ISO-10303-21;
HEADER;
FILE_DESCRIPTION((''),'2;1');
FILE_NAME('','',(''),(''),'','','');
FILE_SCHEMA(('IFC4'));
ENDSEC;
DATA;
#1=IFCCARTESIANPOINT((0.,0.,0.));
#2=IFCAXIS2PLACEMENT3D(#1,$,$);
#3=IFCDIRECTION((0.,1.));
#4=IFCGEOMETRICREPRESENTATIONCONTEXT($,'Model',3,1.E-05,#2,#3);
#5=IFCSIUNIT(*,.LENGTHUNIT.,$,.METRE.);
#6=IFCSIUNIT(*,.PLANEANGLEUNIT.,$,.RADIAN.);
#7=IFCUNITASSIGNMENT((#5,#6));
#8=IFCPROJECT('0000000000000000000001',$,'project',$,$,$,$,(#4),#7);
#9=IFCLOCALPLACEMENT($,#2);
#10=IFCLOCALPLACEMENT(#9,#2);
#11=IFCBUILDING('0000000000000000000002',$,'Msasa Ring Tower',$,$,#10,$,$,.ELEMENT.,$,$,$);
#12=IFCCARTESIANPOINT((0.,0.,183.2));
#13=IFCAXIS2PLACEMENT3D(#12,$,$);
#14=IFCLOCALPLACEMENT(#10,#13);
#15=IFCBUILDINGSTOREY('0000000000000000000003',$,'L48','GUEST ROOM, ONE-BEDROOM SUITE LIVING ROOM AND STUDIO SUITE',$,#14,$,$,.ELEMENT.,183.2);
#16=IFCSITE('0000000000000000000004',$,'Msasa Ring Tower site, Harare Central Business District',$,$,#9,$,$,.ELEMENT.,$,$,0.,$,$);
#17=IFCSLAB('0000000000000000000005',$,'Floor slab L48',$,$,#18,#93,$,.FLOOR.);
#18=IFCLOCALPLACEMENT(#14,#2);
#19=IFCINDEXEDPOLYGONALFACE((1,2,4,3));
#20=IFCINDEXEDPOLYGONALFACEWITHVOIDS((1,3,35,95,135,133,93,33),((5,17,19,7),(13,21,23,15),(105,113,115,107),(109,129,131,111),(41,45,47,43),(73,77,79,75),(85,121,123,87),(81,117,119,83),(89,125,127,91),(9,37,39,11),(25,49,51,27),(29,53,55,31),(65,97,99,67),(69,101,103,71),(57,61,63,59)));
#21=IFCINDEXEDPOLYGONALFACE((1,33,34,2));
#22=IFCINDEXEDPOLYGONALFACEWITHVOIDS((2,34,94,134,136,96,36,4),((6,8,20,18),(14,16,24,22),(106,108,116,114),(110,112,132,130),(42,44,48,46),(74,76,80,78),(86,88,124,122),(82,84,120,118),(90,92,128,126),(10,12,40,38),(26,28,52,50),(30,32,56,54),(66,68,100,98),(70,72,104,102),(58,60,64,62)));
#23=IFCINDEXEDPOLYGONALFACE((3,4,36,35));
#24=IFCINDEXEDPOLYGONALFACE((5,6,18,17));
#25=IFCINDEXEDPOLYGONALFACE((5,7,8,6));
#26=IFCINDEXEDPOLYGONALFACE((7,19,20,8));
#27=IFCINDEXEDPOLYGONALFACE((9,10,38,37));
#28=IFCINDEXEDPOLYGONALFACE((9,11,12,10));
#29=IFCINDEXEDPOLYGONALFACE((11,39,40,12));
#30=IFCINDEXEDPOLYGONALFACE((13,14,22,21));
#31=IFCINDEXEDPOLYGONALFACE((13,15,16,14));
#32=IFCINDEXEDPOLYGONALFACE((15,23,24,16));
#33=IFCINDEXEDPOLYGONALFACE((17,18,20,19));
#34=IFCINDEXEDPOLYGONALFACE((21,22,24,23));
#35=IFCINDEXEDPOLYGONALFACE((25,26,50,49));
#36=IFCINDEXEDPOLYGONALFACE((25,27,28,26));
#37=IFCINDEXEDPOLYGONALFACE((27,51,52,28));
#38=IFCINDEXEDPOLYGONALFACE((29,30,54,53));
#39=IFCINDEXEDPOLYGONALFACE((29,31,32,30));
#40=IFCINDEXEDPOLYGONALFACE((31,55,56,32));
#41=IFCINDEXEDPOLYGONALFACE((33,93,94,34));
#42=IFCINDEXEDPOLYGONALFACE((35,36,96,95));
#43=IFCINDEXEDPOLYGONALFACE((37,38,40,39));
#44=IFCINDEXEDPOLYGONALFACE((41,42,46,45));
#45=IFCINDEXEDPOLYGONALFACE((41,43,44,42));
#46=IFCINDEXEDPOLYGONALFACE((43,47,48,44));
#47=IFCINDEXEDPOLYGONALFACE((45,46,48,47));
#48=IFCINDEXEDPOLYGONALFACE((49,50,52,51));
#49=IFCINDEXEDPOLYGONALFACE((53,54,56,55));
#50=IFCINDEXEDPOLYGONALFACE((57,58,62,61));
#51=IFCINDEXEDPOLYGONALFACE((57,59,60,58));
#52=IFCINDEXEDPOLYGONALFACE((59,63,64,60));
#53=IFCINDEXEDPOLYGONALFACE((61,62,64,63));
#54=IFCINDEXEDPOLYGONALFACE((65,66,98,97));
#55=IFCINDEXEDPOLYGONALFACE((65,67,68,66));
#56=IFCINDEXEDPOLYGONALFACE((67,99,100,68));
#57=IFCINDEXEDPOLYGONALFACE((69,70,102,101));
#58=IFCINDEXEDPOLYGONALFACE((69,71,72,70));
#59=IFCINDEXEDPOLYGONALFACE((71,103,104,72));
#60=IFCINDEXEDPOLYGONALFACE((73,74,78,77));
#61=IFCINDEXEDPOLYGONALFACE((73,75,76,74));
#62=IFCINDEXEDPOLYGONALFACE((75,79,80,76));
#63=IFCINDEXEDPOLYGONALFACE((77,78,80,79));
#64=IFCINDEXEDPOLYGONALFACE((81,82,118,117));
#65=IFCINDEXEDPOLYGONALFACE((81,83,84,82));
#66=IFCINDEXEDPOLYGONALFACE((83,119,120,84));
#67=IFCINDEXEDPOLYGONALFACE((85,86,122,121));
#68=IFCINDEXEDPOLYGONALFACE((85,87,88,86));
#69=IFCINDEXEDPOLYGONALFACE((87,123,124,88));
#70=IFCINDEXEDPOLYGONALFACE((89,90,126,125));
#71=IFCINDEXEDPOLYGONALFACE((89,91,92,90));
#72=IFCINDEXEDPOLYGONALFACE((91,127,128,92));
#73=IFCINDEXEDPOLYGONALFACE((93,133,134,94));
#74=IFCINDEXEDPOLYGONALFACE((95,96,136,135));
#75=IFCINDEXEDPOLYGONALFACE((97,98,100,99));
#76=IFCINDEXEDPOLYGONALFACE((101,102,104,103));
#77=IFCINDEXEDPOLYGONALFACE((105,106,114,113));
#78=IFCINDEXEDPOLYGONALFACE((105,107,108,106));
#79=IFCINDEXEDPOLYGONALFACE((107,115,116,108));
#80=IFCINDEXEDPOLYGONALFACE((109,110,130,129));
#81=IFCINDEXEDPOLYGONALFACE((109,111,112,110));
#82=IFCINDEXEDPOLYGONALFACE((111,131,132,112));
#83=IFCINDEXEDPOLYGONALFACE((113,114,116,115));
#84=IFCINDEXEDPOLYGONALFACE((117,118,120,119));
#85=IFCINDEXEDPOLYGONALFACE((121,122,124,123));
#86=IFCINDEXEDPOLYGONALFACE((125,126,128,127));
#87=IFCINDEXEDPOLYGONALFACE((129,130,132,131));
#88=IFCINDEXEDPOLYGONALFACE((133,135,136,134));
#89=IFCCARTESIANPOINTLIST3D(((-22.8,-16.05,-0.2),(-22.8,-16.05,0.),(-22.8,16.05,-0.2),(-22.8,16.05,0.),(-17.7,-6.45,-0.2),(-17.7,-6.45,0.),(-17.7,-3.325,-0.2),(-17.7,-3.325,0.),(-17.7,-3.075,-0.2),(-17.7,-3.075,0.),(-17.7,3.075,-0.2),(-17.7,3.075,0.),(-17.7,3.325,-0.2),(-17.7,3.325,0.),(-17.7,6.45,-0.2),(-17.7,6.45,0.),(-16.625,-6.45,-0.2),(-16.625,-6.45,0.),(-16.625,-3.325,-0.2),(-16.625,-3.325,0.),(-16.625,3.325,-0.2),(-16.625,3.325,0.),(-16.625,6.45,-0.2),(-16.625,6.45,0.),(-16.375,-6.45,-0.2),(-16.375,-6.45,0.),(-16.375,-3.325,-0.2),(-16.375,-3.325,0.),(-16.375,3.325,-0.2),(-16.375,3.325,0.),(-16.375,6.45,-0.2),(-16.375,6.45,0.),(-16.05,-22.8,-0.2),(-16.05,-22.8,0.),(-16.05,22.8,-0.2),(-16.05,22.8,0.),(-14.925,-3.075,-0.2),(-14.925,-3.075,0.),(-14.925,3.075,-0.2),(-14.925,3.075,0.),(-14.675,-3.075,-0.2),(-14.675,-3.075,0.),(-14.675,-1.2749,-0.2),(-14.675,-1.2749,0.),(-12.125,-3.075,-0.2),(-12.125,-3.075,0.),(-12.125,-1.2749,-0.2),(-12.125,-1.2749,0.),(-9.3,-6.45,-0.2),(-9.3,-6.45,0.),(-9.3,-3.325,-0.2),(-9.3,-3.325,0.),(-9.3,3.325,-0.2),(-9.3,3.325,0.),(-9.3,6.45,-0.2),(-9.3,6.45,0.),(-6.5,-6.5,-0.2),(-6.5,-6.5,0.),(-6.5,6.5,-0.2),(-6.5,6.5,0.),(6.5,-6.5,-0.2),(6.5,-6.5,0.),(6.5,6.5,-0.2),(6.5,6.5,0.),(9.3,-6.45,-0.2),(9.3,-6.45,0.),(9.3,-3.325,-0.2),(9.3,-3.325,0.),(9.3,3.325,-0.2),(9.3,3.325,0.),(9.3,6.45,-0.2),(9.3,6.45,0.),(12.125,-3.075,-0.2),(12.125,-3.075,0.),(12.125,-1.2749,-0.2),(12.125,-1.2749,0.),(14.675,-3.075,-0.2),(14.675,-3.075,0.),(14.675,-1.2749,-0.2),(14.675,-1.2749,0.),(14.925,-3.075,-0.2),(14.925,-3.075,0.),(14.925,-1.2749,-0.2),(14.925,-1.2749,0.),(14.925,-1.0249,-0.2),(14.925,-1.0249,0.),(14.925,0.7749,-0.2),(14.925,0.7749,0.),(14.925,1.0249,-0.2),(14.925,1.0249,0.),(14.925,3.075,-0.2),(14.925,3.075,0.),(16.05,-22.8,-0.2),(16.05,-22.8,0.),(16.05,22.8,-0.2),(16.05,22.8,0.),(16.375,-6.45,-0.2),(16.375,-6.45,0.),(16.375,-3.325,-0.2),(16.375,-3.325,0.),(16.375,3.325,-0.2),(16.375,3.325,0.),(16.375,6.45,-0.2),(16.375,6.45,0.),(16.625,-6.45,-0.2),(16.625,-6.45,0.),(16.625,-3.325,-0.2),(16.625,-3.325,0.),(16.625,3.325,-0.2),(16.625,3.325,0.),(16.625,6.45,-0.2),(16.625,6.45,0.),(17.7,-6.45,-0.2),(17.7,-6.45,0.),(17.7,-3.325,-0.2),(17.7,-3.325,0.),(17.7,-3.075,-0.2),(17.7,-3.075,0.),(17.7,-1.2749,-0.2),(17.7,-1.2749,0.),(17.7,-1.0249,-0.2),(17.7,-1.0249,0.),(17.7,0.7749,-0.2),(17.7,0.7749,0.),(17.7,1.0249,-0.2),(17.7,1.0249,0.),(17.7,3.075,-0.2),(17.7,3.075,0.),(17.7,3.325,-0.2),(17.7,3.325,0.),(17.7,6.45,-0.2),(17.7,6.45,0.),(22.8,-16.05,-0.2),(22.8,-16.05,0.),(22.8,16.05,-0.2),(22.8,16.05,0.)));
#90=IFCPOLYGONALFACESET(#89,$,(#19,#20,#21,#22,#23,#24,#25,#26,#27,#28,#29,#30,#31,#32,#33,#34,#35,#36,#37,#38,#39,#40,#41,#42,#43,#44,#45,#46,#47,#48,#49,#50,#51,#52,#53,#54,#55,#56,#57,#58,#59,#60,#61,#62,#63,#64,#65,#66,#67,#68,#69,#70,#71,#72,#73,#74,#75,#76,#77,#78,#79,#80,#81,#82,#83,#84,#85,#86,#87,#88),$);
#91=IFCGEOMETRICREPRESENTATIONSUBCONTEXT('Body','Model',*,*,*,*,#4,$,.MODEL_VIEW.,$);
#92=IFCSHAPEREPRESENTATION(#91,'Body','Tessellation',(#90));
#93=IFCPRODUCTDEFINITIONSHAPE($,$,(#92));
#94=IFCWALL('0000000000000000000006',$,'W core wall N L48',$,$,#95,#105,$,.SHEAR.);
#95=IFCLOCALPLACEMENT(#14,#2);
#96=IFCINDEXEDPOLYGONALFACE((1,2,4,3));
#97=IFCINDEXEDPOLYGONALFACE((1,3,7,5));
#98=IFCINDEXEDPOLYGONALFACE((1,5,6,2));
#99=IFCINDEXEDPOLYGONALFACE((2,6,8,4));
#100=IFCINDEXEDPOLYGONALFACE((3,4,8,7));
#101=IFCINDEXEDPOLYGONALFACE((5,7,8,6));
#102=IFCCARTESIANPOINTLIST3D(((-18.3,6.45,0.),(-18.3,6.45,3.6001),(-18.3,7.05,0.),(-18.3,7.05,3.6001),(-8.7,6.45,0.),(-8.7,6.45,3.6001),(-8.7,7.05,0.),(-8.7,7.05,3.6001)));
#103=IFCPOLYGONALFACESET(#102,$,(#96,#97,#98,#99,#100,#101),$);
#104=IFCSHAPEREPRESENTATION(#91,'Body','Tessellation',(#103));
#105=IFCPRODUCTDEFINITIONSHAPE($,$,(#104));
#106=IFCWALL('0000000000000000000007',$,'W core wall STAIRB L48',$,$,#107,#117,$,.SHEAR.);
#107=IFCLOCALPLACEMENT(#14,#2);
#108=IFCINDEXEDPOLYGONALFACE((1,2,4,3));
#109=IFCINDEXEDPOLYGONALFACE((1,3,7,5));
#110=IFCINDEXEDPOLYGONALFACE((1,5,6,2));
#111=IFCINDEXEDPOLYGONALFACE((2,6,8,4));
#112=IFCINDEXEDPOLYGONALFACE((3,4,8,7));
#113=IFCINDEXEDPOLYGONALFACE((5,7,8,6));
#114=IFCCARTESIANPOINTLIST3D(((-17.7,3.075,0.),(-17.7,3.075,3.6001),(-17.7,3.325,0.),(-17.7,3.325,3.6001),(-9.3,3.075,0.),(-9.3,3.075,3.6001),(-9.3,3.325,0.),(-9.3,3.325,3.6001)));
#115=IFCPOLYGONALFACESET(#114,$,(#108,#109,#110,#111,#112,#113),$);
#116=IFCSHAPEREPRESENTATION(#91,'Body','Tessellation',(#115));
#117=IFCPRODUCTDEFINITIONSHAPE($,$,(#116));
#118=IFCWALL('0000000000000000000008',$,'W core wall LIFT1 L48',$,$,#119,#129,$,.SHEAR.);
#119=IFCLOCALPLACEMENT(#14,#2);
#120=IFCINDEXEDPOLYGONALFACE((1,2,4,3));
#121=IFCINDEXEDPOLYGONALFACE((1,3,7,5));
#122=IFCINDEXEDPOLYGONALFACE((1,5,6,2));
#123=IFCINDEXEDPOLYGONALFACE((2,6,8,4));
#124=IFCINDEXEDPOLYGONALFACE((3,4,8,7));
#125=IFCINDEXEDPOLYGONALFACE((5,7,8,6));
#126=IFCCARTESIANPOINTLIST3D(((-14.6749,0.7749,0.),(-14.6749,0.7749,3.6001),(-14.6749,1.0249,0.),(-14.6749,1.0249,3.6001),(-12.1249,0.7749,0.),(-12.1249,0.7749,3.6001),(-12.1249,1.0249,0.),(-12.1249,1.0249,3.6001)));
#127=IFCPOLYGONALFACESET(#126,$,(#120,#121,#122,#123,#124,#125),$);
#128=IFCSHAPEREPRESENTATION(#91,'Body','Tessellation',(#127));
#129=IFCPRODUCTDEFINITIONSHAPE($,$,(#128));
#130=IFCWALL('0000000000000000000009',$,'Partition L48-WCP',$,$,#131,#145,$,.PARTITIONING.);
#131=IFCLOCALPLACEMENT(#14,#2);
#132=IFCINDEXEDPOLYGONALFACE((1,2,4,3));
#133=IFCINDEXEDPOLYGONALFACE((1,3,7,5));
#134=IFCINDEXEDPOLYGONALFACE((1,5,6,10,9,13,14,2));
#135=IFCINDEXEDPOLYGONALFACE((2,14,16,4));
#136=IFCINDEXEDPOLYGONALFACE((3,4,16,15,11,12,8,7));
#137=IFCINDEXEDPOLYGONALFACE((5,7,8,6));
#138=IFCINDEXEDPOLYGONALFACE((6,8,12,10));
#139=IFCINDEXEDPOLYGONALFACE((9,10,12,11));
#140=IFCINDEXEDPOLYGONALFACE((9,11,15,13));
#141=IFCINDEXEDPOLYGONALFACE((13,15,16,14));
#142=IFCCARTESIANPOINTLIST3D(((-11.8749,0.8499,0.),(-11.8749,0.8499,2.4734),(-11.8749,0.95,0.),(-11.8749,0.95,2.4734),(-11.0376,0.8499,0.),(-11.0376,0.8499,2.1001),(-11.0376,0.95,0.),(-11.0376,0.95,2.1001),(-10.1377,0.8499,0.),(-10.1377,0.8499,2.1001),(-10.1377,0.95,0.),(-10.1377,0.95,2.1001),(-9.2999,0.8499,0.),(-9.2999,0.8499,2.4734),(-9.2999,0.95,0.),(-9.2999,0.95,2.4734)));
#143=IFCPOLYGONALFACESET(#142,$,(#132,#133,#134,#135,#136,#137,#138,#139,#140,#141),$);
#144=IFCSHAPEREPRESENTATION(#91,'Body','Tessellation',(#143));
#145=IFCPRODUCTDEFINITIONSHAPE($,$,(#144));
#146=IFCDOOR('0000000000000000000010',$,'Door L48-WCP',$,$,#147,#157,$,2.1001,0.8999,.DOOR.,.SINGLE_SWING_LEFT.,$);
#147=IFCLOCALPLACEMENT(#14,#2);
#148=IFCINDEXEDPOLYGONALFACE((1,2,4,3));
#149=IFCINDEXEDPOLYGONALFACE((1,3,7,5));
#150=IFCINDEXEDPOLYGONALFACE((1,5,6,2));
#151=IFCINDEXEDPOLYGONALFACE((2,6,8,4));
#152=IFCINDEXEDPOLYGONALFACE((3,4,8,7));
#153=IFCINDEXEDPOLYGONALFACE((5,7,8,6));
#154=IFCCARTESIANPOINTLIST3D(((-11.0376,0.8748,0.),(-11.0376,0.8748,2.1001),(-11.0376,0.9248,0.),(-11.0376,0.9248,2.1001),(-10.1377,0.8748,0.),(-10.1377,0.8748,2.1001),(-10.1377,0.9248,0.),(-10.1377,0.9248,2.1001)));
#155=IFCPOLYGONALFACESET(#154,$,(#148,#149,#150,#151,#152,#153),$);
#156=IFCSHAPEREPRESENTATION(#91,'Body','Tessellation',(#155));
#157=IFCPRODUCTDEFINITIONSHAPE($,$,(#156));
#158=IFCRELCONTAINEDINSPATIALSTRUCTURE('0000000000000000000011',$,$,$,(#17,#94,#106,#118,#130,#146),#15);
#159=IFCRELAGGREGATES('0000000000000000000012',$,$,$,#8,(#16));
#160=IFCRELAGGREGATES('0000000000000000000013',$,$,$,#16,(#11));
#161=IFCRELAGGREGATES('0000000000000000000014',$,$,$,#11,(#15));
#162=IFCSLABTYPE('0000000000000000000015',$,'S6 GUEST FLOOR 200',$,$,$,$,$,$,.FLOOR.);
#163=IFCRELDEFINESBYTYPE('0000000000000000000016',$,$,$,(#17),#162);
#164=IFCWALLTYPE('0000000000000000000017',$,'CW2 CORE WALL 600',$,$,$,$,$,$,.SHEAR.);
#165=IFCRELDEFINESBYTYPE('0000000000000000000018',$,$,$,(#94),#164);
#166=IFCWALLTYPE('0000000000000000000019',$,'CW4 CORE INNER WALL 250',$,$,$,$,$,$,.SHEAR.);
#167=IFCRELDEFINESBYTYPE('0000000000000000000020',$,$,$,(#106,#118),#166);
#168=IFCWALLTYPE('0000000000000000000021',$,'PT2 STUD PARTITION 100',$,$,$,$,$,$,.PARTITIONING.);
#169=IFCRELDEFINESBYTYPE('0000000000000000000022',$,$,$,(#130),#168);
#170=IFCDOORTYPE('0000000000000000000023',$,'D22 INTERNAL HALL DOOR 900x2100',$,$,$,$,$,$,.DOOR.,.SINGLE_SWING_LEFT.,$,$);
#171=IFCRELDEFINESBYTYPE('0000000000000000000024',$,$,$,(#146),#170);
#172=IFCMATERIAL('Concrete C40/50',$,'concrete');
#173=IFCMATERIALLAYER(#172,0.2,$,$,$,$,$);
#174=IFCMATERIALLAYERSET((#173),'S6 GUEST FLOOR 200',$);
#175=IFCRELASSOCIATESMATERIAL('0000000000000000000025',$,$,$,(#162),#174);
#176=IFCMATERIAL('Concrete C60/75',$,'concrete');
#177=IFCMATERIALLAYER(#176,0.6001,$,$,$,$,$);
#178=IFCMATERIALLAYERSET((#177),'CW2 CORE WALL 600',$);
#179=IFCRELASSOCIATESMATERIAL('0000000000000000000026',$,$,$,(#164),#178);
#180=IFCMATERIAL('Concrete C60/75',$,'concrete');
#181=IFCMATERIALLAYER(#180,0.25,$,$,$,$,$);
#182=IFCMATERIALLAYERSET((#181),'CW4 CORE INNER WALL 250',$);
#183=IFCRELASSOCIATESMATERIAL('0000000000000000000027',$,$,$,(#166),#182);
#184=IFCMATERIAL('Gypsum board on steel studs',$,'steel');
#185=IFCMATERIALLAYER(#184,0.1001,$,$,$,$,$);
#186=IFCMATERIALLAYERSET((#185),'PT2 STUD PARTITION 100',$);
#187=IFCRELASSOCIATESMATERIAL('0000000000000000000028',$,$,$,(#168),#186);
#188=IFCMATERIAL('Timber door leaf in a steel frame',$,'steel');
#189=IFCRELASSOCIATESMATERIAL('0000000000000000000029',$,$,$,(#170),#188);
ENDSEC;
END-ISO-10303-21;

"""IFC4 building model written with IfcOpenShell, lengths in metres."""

from ifc_helpers import new_model, si_unit, direction, frame, frame_2d, origin, place, context, subcontext, project, spatial, polyline, rectangle, outline, extrude, material, layer, layer_set, type_object, element, fill, save


model = new_model("IFC4")

# Units and contexts
model_context = context("Model", 3, precision=1e-05, world=origin(), true_north=direction((0.0, 1.0)))
body_context = subcontext(model_context, "Body", "Model", "MODEL_VIEW")
ifc_project = project(units=[si_unit("LENGTHUNIT", "METRE"), si_unit("PLANEANGLEUNIT", "RADIAN")], contexts=[model_context])

# Site, building, storey
site_placement = place(None, origin())
site = spatial("IfcSite", under=ifc_project, at=site_placement, Name="Msasa Ring Tower site, Harare Central Business District", CompositionType="ELEMENT", RefElevation=0.0)
building_placement = place(site_placement, origin())
building = spatial("IfcBuilding", under=site, at=building_placement, Name="Msasa Ring Tower", CompositionType="ELEMENT")
storey_placement = place(building_placement, frame((0.0, 0.0, 183.2)))
storey = spatial("IfcBuildingStorey", under=building, at=storey_placement, Name="L48", Description="GUEST ROOM, ONE-BEDROOM SUITE LIVING ROOM AND STUDIO SUITE", CompositionType="ELEMENT", Elevation=183.2)

# Slab
ifc_material_1 = material(Name="Concrete C40/50", Category="concrete")
ifc_layer_1 = layer(ifc_material_1, 0.2)
ifc_layer_set_1 = layer_set([ifc_layer_1], Name="S6 GUEST FLOOR 200")
slab_type_1 = type_object("IfcSlabType", Name="S6 GUEST FLOOR 200", PredefinedType="FLOOR", material=ifc_layer_set_1)
slab_1_placement = place(storey_placement, frame((0.0, 0.0, -0.2)))
element("IfcSlab", 1, at=slab_1_placement, inside=storey, type_object=slab_type_1, Name="Floor slab L48", PredefinedType="FLOOR", context=body_context, shape_type="SweptSolid", body=[
    extrude(outline(polyline([(-16.05, -22.8), (16.05, -22.8), (22.8, -16.05), (22.8, 16.05), (16.05, 22.8), (-16.05, 22.8), (-22.8, 16.05), (-22.8, -16.05), (-16.05, -22.8)]), holes=[polyline([(-6.5, -6.5), (6.5, -6.5), (6.5, 6.5), (-6.5, 6.5), (-6.5, -6.5)]), polyline([(9.3, -6.45), (16.375, -6.45), (16.375, -3.325), (9.3, -3.325), (9.3, -6.45)]), polyline([(9.3, 3.325), (16.375, 3.325), (16.375, 6.45), (9.3, 6.45), (9.3, 3.325)]), polyline([(12.125, -3.075), (14.675, -3.075), (14.675, -1.2749), (12.125, -1.2749), (12.125, -3.075)]), polyline([(16.625, -6.45), (17.7, -6.45), (17.7, -3.325), (16.625, -3.325), (16.625, -6.45)]), polyline([(16.625, 3.325), (17.7, 3.325), (17.7, 6.45), (16.625, 6.45), (16.625, 3.325)]), polyline([(14.925, -3.075), (17.7, -3.075), (17.7, -1.2749), (14.925, -1.2749), (14.925, -3.075)]), polyline([(14.925, -1.0249), (17.7, -1.0249), (17.7, 0.7749), (14.925, 0.7749), (14.925, -1.0249)]), polyline([(14.925, 1.0249), (17.7, 1.0249), (17.7, 3.075), (14.925, 3.075), (14.925, 1.0249)]), polyline([(-16.375, -6.45), (-9.3, -6.45), (-9.3, -3.325), (-16.375, -3.325), (-16.375, -6.45)]), polyline([(-16.375, 3.325), (-9.3, 3.325), (-9.3, 6.45), (-16.375, 6.45), (-16.375, 3.325)]), polyline([(-14.675, -3.075), (-12.125, -3.075), (-12.125, -1.2749), (-14.675, -1.2749), (-14.675, -3.075)]), polyline([(-17.7, -6.45), (-16.625, -6.45), (-16.625, -3.325), (-17.7, -3.325), (-17.7, -6.45)]), polyline([(-17.7, 3.325), (-16.625, 3.325), (-16.625, 6.45), (-17.7, 6.45), (-17.7, 3.325)]), polyline([(-17.7, -3.075), (-14.925, -3.075), (-14.925, 3.075), (-17.7, 3.075), (-17.7, -3.075)])]), origin(), (0.0, 0.0, 1.0), 0.2),
])

# Walls
ifc_material_2 = material(Name="Concrete C60/75", Category="concrete")
ifc_layer_2 = layer(ifc_material_2, 0.6001)
ifc_layer_set_2 = layer_set([ifc_layer_2], Name="CW2 CORE WALL 600")
wall_type_1 = type_object("IfcWallType", Name="CW2 CORE WALL 600", PredefinedType="SHEAR", material=ifc_layer_set_2)
wall_1_placement = place(storey_placement, frame((-8.7, 6.75, 0.0), z_axis=(0.0, 0.0, 1.0), x_axis=(-1.0, 0.0, 0.0)))
element("IfcWall", 2, at=wall_1_placement, inside=storey, type_object=wall_type_1, Name="W core wall N L48", PredefinedType="SHEAR", context=body_context, shape_type="SweptSolid", body=[
    extrude(rectangle(XDim=9.6001, YDim=0.6001, at=frame_2d((4.8, 0.0))), origin(), (0.0, 0.0, 1.0), 3.6001),
])
ifc_material_3 = material(Name="Concrete C60/75", Category="concrete")
ifc_layer_3 = layer(ifc_material_3, 0.25)
ifc_layer_set_3 = layer_set([ifc_layer_3], Name="CW4 CORE INNER WALL 250")
wall_type_2 = type_object("IfcWallType", Name="CW4 CORE INNER WALL 250", PredefinedType="SHEAR", material=ifc_layer_set_3)
wall_2_placement = place(storey_placement, frame((-9.3, 3.2, 0.0), z_axis=(0.0, 0.0, 1.0), x_axis=(-1.0, 0.0, 0.0)))
element("IfcWall", 3, at=wall_2_placement, inside=storey, type_object=wall_type_2, Name="W core wall STAIRB L48", PredefinedType="SHEAR", context=body_context, shape_type="SweptSolid", body=[
    extrude(rectangle(XDim=8.3999, YDim=0.25, at=frame_2d((4.2, 0.0))), origin(), (0.0, 0.0, 1.0), 3.6001),
])
wall_3_placement = place(storey_placement, frame((-12.125, 0.8999, 0.0), z_axis=(0.0, 0.0, 1.0), x_axis=(-1.0, 0.0, 0.0)))
element("IfcWall", 4, at=wall_3_placement, inside=storey, type_object=wall_type_2, Name="W core wall LIFT1 L48", PredefinedType="SHEAR", context=body_context, shape_type="SweptSolid", body=[
    extrude(rectangle(XDim=2.55, YDim=0.25, at=frame_2d((1.2749, 0.0))), origin(), (0.0, 0.0, 1.0), 3.6001),
])

# Wall, opening, door
ifc_material_4 = material(Name="Gypsum board on steel studs", Category="steel")
ifc_layer_4 = layer(ifc_material_4, 0.1001)
ifc_layer_set_4 = layer_set([ifc_layer_4], Name="PT2 STUD PARTITION 100")
wall_type_3 = type_object("IfcWallType", Name="PT2 STUD PARTITION 100", PredefinedType="PARTITIONING", material=ifc_layer_set_4)
wall_4_placement = place(storey_placement, frame((-11.875, 0.8999, 0.0), z_axis=(0.0, 0.0, 1.0), x_axis=(1.0, 0.0, 0.0)))
wall_4 = element("IfcWall", 5, at=wall_4_placement, inside=storey, type_object=wall_type_3, Name="Partition L48-WCP", PredefinedType="PARTITIONING", context=body_context, shape_type="SweptSolid", body=[
    extrude(rectangle(XDim=2.575, YDim=0.1001, at=frame_2d((1.2876, 0.0))), origin(), (0.0, 0.0, 1.0), 2.4734),
])
opening_placement = place(wall_4_placement, frame((0.8374, 0.0, 0.0)))
opening = element("IfcOpeningElement", 6, at=opening_placement, cuts=wall_4, PredefinedType="OPENING", context=body_context, shape_type="SweptSolid", body=[
    extrude(rectangle(XDim=0.8999, YDim=2.1001, at=frame_2d((0.45, 1.05))), frame((0.0, 0.0601, 0.0), z_axis=(0.0, -1.0, 0.0), x_axis=(1.0, 0.0, 0.0)), (0.0, 0.0, 1.0), 0.1201),
])
ifc_material_5 = material(Name="Timber door leaf in a steel frame", Category="steel")
door_type = type_object("IfcDoorType", Name="D22 INTERNAL HALL DOOR 900x2100", OperationType="SINGLE_SWING_LEFT", PredefinedType="DOOR", material=ifc_material_5)
door_placement = place(opening_placement, origin())
door = element("IfcDoor", 7, at=door_placement, inside=storey, type_object=door_type, Name="Door L48-WCP", OperationType="SINGLE_SWING_LEFT", OverallHeight=2.1001, OverallWidth=0.8999, PredefinedType="DOOR", context=body_context, shape_type="SweptSolid", body=[
    extrude(rectangle(XDim=0.8999, YDim=2.1001, at=frame_2d((0.45, 1.05))), frame((0.0, 0.0249, 0.0), z_axis=(0.0, -1.0, 0.0), x_axis=(1.0, 0.0, 0.0)), (0.0, 0.0, 1.0), 0.05),
])
fill(opening, door)

save(model, "model.ifc")
